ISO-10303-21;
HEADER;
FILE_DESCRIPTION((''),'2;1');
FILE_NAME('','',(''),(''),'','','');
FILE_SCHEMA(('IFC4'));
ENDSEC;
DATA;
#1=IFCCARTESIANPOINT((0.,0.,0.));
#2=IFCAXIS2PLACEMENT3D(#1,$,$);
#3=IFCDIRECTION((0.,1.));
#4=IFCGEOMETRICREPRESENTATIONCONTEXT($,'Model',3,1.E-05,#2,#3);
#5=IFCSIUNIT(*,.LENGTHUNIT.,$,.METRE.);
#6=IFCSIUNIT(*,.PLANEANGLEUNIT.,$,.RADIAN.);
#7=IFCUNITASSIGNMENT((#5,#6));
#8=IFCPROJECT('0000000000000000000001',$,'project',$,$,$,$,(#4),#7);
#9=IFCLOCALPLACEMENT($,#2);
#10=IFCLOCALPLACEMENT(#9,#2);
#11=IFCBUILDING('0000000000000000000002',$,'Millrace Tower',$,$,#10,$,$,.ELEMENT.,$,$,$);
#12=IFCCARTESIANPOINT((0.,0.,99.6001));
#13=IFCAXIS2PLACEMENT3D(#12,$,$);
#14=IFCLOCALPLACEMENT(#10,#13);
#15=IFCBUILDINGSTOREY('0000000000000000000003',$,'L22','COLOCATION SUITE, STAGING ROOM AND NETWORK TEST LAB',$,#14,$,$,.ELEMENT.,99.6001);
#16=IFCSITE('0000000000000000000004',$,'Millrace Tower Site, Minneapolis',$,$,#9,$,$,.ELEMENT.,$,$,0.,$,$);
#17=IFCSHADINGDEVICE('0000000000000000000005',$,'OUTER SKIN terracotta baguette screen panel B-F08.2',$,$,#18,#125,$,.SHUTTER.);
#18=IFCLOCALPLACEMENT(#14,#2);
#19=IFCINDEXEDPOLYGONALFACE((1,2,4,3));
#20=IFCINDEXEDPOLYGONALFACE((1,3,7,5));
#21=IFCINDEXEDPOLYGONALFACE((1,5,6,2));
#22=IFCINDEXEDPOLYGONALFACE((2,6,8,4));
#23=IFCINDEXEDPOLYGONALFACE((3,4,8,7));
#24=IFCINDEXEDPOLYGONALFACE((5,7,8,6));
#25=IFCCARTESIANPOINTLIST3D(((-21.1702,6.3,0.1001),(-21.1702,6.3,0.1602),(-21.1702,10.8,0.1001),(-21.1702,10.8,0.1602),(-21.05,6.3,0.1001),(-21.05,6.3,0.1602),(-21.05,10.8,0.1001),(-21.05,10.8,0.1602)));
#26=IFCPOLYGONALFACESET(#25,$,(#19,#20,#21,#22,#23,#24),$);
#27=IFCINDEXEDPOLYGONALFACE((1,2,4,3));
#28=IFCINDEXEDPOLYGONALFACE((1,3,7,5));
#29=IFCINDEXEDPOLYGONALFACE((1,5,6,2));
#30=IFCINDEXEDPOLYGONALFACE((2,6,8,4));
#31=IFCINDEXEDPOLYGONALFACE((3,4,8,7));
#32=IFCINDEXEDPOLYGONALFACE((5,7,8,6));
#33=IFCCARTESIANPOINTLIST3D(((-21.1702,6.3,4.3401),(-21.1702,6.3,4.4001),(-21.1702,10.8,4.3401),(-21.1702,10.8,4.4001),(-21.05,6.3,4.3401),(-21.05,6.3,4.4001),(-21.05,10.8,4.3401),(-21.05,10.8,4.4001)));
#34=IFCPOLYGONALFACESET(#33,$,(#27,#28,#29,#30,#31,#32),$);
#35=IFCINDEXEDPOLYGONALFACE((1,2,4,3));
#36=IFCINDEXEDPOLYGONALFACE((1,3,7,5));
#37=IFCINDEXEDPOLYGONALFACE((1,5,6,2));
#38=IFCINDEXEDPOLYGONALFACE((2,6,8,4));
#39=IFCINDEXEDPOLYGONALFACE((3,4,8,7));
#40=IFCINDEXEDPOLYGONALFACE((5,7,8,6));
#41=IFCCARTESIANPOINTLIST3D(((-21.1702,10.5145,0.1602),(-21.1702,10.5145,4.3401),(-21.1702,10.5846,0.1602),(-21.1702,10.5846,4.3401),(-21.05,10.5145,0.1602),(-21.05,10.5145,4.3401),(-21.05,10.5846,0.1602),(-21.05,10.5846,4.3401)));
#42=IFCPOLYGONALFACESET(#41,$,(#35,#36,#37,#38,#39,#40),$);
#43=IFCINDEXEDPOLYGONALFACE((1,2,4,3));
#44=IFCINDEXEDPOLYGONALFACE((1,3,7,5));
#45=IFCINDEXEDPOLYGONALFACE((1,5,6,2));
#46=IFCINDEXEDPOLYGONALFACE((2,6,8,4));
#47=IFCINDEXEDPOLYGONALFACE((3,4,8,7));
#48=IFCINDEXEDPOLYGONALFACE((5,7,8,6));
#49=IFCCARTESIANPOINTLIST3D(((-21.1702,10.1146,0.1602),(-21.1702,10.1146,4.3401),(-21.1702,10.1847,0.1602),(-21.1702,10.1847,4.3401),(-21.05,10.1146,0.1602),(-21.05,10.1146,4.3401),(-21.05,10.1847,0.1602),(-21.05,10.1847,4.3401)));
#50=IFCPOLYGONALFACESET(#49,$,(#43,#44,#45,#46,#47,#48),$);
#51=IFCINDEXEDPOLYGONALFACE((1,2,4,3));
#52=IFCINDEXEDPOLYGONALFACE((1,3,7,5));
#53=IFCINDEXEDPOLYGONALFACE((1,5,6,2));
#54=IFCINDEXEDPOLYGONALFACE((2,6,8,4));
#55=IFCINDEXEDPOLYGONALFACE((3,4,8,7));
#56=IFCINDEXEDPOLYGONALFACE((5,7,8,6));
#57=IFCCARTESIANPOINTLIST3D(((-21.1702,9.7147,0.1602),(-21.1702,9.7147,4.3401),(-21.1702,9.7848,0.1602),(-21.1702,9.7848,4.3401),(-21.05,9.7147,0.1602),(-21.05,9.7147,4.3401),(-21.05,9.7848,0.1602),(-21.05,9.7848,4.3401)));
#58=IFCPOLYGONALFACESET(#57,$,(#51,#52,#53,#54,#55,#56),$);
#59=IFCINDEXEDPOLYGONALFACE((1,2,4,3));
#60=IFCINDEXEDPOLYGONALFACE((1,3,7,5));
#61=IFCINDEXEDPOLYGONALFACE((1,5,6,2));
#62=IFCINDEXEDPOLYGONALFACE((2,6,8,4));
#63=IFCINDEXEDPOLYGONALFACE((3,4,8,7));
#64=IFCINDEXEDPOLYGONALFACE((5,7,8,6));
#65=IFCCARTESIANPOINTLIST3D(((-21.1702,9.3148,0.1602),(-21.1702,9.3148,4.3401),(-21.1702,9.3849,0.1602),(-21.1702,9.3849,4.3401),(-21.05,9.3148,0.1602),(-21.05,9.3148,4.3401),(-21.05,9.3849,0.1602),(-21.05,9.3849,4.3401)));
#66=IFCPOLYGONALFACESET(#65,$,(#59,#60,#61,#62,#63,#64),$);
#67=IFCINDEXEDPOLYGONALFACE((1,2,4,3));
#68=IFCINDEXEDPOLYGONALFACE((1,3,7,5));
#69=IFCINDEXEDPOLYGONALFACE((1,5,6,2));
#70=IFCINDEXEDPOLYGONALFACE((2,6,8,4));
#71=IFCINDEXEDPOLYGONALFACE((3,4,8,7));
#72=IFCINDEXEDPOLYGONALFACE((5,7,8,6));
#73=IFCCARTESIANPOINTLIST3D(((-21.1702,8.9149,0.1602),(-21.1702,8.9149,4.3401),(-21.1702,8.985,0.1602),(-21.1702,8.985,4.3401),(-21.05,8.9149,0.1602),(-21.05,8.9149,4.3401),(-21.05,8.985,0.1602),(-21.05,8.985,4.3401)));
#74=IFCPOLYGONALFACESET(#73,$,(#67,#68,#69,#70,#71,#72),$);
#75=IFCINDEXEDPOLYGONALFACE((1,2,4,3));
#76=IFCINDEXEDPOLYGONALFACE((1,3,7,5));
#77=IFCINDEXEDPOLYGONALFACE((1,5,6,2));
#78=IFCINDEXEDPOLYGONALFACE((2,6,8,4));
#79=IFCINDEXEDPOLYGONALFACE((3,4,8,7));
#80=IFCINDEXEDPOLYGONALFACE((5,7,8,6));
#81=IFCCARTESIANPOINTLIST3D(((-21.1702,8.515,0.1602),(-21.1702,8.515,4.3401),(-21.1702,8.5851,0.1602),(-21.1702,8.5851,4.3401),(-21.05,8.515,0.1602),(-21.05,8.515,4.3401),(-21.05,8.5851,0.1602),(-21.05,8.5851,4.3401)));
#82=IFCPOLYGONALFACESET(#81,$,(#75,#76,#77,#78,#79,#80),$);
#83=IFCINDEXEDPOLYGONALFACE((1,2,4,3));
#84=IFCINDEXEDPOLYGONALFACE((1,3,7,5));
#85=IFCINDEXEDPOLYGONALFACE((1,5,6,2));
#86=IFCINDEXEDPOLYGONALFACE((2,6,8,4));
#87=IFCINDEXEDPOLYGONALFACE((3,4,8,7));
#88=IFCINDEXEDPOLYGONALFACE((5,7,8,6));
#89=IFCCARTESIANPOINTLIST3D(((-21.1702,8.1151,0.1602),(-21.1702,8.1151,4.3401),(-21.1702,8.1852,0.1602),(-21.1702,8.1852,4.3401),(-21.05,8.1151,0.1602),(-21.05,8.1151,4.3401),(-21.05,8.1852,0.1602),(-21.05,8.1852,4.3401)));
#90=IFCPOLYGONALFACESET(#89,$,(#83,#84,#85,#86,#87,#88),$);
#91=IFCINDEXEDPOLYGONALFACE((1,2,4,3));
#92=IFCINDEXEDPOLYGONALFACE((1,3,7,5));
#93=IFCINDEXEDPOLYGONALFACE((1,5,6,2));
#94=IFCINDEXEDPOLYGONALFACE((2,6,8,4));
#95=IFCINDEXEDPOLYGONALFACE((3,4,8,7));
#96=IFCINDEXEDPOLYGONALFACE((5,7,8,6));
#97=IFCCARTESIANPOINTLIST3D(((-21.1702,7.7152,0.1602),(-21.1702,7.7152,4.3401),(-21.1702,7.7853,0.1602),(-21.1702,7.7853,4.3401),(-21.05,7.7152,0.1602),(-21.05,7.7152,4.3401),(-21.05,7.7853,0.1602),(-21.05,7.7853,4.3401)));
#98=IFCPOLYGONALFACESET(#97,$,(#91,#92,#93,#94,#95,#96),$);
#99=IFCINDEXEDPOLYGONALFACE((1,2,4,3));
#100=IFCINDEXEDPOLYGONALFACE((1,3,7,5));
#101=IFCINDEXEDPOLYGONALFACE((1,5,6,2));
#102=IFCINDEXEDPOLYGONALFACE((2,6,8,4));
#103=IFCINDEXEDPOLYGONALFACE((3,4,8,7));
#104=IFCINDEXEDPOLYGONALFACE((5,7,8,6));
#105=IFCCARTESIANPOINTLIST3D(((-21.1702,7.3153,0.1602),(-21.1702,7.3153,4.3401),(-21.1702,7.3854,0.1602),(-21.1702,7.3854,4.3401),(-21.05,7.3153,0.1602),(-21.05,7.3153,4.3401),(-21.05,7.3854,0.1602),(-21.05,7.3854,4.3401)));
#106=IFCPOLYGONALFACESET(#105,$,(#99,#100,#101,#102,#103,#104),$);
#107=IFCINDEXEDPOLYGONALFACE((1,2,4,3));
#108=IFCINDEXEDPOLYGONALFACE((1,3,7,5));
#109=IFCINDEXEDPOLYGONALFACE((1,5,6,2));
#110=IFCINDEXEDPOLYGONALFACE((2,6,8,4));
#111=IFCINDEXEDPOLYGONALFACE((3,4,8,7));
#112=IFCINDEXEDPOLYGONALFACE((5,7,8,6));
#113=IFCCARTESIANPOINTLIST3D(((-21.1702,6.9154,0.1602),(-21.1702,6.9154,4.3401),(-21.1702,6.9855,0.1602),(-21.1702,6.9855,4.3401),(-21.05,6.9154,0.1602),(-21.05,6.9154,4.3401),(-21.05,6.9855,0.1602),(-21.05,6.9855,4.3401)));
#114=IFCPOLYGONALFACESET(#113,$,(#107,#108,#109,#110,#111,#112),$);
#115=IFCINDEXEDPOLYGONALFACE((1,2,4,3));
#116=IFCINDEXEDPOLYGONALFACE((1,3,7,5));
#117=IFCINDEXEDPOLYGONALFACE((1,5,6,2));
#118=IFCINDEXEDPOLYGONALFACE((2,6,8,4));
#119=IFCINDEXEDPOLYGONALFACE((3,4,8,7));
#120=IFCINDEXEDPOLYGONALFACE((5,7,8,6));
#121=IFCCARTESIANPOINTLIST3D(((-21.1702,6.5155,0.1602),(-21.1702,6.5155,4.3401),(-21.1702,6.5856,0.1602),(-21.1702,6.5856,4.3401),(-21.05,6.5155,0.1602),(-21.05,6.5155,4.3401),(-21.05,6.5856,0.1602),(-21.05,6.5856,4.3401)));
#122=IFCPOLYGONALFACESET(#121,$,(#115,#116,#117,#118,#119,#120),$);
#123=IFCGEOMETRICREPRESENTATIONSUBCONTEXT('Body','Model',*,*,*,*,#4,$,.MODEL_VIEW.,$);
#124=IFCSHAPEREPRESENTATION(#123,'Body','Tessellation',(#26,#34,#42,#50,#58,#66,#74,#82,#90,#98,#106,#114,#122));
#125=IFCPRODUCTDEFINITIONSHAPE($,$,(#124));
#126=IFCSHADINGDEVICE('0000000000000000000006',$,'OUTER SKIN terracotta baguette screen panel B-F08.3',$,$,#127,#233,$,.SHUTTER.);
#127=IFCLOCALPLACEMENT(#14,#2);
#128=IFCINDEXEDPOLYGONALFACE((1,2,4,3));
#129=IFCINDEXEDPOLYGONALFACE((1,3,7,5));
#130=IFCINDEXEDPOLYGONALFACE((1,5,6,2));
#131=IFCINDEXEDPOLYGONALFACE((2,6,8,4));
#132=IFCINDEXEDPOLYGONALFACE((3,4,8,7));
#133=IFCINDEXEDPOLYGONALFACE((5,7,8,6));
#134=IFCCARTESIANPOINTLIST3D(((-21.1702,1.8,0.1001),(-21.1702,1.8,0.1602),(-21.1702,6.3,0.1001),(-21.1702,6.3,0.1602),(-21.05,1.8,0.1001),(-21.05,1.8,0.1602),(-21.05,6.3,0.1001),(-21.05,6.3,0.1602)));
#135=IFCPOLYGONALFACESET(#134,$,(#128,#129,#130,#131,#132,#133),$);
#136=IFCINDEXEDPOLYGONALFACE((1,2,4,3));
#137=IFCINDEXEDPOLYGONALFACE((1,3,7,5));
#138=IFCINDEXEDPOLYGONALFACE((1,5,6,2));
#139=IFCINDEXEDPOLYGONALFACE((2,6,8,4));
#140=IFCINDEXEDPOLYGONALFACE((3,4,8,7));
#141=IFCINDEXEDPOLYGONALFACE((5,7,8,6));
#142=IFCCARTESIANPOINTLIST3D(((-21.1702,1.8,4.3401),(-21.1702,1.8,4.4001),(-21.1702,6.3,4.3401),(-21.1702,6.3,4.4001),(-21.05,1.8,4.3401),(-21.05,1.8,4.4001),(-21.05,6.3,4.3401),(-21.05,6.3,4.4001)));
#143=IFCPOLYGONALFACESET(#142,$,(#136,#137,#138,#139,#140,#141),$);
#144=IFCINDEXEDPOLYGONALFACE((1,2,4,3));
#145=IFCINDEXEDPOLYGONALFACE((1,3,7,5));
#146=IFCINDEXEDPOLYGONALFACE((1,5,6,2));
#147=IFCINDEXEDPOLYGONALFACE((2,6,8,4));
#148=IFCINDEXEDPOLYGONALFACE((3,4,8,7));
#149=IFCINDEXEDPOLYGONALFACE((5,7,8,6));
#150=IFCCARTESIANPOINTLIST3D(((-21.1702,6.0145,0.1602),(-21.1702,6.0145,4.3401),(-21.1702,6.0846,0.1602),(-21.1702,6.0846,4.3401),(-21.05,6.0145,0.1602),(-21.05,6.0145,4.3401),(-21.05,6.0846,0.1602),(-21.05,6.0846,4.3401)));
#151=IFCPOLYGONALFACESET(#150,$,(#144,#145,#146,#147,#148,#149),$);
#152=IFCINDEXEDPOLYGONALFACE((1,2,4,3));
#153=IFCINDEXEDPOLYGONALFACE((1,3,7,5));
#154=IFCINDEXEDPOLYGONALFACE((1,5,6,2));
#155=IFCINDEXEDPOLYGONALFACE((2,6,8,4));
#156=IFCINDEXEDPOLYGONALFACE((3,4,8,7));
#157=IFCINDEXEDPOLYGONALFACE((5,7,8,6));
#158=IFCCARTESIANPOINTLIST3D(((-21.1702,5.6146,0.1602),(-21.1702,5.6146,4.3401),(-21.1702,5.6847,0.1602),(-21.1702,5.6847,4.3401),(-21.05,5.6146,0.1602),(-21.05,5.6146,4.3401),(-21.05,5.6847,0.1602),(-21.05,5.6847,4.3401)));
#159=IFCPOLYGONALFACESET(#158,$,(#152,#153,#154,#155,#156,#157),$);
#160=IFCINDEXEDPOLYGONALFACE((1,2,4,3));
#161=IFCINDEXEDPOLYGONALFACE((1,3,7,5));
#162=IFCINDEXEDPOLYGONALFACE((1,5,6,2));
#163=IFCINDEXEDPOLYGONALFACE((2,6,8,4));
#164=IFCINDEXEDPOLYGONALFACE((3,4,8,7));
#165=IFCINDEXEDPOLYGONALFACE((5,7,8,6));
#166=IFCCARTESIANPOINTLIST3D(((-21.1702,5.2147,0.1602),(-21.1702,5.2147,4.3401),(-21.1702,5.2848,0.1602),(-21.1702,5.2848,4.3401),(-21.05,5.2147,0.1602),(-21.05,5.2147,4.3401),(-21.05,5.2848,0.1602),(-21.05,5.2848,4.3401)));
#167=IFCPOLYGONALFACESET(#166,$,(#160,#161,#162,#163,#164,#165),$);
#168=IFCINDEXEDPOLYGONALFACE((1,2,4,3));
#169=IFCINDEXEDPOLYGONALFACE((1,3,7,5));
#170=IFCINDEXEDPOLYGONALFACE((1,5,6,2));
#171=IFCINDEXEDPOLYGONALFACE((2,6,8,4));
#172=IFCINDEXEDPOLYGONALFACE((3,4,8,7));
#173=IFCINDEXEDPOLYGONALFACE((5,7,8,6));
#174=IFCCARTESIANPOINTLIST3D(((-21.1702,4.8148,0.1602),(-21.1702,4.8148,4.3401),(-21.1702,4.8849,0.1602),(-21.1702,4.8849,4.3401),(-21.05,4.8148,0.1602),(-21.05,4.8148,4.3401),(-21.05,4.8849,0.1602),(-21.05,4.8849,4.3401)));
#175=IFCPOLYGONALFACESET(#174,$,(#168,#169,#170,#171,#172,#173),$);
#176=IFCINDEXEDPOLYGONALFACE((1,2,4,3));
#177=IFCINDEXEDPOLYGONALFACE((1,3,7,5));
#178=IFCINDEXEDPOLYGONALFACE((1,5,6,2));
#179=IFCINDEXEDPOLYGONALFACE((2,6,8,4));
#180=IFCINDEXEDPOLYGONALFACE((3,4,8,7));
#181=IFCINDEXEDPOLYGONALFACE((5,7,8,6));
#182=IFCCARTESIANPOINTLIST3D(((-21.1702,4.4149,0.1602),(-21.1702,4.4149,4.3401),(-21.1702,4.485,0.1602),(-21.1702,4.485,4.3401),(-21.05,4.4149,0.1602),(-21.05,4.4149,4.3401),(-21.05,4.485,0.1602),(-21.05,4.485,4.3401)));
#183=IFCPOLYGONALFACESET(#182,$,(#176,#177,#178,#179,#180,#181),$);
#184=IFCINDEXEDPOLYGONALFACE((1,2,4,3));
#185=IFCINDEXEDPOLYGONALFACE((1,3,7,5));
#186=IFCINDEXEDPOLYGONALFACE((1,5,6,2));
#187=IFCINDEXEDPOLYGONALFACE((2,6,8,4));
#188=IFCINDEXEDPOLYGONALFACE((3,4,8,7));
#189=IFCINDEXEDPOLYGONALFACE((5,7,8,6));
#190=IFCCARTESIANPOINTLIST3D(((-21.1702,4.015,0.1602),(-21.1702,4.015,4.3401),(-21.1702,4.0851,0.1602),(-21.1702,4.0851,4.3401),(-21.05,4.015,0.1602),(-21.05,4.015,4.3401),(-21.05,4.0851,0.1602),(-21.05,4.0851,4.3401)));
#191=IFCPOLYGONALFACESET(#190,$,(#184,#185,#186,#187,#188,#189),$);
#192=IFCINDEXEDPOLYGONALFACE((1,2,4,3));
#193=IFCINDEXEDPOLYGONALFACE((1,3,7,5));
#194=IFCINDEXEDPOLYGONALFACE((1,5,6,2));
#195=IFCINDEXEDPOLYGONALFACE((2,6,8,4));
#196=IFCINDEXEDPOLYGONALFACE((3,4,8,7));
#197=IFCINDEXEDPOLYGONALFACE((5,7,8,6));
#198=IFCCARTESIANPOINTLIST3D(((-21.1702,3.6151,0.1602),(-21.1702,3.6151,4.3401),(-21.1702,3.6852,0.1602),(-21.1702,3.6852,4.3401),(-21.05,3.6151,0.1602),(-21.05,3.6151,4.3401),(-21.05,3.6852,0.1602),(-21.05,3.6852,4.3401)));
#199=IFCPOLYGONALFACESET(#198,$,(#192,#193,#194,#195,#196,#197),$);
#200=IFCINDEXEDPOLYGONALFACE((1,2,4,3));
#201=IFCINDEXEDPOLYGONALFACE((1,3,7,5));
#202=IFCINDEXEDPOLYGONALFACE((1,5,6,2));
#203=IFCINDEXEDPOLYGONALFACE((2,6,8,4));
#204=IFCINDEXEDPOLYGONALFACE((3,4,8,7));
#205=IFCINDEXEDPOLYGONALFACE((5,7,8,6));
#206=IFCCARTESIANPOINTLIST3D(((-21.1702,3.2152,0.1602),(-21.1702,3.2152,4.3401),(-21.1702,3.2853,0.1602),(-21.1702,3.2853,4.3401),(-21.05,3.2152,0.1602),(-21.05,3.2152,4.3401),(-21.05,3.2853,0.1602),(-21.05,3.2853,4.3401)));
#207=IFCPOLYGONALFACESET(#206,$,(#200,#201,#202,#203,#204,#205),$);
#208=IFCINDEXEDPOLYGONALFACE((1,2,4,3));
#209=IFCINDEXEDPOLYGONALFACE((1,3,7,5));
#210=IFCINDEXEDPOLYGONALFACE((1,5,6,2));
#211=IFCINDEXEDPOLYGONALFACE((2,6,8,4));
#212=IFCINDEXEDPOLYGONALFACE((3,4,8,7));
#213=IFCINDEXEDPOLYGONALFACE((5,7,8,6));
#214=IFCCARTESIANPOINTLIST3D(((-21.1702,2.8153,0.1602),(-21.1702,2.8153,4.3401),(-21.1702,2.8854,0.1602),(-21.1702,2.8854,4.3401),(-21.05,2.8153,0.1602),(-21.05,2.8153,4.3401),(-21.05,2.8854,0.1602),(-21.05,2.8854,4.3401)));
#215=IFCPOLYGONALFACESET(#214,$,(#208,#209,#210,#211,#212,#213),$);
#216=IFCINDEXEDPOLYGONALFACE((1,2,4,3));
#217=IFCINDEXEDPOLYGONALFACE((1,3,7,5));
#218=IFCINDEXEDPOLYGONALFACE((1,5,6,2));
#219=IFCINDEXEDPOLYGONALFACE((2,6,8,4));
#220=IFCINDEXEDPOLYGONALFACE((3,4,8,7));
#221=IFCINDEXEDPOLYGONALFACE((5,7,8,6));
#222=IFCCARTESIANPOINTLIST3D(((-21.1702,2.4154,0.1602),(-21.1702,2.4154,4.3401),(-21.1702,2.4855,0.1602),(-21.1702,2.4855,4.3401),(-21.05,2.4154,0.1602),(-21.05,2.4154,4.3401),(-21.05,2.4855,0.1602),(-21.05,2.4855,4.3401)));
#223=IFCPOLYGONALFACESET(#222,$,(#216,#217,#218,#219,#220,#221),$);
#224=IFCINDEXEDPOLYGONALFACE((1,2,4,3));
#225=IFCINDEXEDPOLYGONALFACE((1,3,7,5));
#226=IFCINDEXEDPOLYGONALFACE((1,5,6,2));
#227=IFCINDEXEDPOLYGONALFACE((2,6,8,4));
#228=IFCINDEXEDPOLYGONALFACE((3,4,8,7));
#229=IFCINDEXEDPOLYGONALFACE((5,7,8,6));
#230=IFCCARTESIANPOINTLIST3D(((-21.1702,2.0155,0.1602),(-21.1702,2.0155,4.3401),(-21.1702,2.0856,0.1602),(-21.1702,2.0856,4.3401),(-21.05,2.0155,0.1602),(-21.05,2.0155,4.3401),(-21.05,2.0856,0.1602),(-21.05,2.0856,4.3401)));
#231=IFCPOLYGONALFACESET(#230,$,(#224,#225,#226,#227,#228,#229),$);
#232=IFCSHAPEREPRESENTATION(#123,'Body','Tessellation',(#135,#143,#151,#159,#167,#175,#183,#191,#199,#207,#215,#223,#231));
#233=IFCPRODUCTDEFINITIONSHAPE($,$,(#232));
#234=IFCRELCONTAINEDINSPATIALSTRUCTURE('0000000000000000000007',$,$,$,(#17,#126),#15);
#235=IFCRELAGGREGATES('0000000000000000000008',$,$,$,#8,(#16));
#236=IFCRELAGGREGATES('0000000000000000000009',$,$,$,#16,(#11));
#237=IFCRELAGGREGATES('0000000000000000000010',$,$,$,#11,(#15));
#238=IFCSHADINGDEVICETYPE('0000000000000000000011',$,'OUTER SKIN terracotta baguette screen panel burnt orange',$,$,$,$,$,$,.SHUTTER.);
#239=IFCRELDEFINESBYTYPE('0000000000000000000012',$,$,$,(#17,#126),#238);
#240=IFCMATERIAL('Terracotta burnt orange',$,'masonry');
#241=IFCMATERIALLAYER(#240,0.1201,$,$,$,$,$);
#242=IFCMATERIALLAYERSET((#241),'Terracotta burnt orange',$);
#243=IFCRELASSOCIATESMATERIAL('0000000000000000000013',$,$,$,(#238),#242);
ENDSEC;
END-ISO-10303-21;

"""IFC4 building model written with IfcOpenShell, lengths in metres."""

from ifc_helpers import new_model, entity, si_unit, direction, frame, frame_2d, origin, origin_2d, place, context, subcontext, project, spatial, rectangle, extrude, source, transform, mapped, material, layer, layer_set, type_object, element, save


model = new_model("IFC4")

# Units and contexts
model_context = context("Model", 3, precision=1e-05, world=origin(), true_north=direction((0.0, 1.0)))
body_context = subcontext(model_context, "Body", "Model", "MODEL_VIEW")
ifc_project = project(units=[si_unit("LENGTHUNIT", "METRE"), si_unit("PLANEANGLEUNIT", "RADIAN")], contexts=[model_context])

# Site, building, storey
site_placement = place(None, origin())
site = spatial("IfcSite", under=ifc_project, at=site_placement, Name="Millrace Tower Site, Minneapolis", CompositionType="ELEMENT", RefElevation=0.0)
building_placement = place(site_placement, origin())
building = spatial("IfcBuilding", under=site, at=building_placement, Name="Millrace Tower", CompositionType="ELEMENT")
storey_placement = place(building_placement, frame((0.0, 0.0, 99.6001)))
storey = spatial("IfcBuildingStorey", under=building, at=storey_placement, Name="L22", Description="COLOCATION SUITE, STAGING ROOM AND NETWORK TEST LAB", CompositionType="ELEMENT", Elevation=99.6001)

# Shading devices
ifc_material_1 = material(Name="Terracotta burnt orange", Category="masonry")
ifc_layer_1 = layer(ifc_material_1, 0.1201)
ifc_layer_set_1 = layer_set([ifc_layer_1], Name="Terracotta burnt orange")
shading_device_type = type_object("IfcShadingDeviceType", Name="OUTER SKIN terracotta baguette screen panel burnt orange", PredefinedType="SHUTTER", material=ifc_layer_set_1)
cartesian_point = entity("IfcCartesianPoint", [-2.25, 0.0601])
shared_polyline = entity("IfcPolyline", [cartesian_point, entity("IfcCartesianPoint", [2.25, 0.0601]), entity("IfcCartesianPoint", [2.25, -0.0601]), entity("IfcCartesianPoint", [-2.25, -0.0601]), cartesian_point])
shared_shape = source(origin(), body_context, "Body", "SweptSolid", [
    entity("IfcExtrudedAreaSolid", entity("IfcArbitraryClosedProfileDef", "AREA", None, shared_polyline), entity("IfcAxis2Placement3D", entity("IfcCartesianPoint", [0.0, 0.0, 0.0])), entity("IfcDirection", [0.0, 0.0, 1.0]), 0.0601),
    entity("IfcExtrudedAreaSolid", entity("IfcArbitraryClosedProfileDef", "AREA", None, shared_polyline), entity("IfcAxis2Placement3D", entity("IfcCartesianPoint", [0.0, 0.0, 4.24])), entity("IfcDirection", [0.0, 0.0, 1.0]), 0.0601),
    extrude(rectangle(XDim=0.0701, YDim=0.1201, at=frame_2d((-1.9995, 0.0))), frame((0.0, 0.0, 0.0601)), (0.0, 0.0, 1.0), 4.1799),
    extrude(rectangle(XDim=0.0701, YDim=0.1201, at=frame_2d((-1.5996, 0.0))), frame((0.0, 0.0, 0.0601)), (0.0, 0.0, 1.0), 4.1799),
    extrude(rectangle(XDim=0.0701, YDim=0.1201, at=frame_2d((-1.1997, 0.0))), frame((0.0, 0.0, 0.0601)), (0.0, 0.0, 1.0), 4.1799),
    extrude(rectangle(XDim=0.0701, YDim=0.1201, at=frame_2d((-0.7998, 0.0))), frame((0.0, 0.0, 0.0601)), (0.0, 0.0, 1.0), 4.1799),
    extrude(rectangle(XDim=0.0701, YDim=0.1201, at=frame_2d((-0.3999, 0.0))), frame((0.0, 0.0, 0.0601)), (0.0, 0.0, 1.0), 4.1799),
    extrude(rectangle(XDim=0.0701, YDim=0.1201, at=origin_2d()), frame((0.0, 0.0, 0.0601)), (0.0, 0.0, 1.0), 4.1799),
    extrude(rectangle(XDim=0.0701, YDim=0.1201, at=frame_2d((0.3999, 0.0))), frame((0.0, 0.0, 0.0601)), (0.0, 0.0, 1.0), 4.1799),
    extrude(rectangle(XDim=0.0701, YDim=0.1201, at=frame_2d((0.7998, 0.0))), frame((0.0, 0.0, 0.0601)), (0.0, 0.0, 1.0), 4.1799),
    extrude(rectangle(XDim=0.0701, YDim=0.1201, at=frame_2d((1.1997, 0.0))), frame((0.0, 0.0, 0.0601)), (0.0, 0.0, 1.0), 4.1799),
    extrude(rectangle(XDim=0.0701, YDim=0.1201, at=frame_2d((1.5996, 0.0))), frame((0.0, 0.0, 0.0601)), (0.0, 0.0, 1.0), 4.1799),
    extrude(rectangle(XDim=0.0701, YDim=0.1201, at=frame_2d((1.9995, 0.0))), frame((0.0, 0.0, 0.0601)), (0.0, 0.0, 1.0), 4.1799),
])
for number, where, z_axis, x_axis, name in (
    (1, (-21.1101, 8.55, 0.1001), (0.0, 0.0, 1.0), (0.0, -1.0, 0.0), "OUTER SKIN terracotta baguette screen panel B-F08.2"),
    (2, (-21.1101, 4.05, 0.1001), (0.0, 0.0, 1.0), (0.0, -1.0, 0.0), "OUTER SKIN terracotta baguette screen panel B-F08.3"),
):
    element("IfcShadingDevice", number, at=place(storey_placement, frame(where, z_axis=z_axis, x_axis=x_axis)), inside=storey, type_object=shading_device_type, Name=name, PredefinedType="SHUTTER", context=body_context, shape_type="MappedRepresentation", body=[
        mapped(shared_shape, transform((0.0, 0.0, 0.0), scale=1.0)),
    ])

save(model, "model.ifc")
